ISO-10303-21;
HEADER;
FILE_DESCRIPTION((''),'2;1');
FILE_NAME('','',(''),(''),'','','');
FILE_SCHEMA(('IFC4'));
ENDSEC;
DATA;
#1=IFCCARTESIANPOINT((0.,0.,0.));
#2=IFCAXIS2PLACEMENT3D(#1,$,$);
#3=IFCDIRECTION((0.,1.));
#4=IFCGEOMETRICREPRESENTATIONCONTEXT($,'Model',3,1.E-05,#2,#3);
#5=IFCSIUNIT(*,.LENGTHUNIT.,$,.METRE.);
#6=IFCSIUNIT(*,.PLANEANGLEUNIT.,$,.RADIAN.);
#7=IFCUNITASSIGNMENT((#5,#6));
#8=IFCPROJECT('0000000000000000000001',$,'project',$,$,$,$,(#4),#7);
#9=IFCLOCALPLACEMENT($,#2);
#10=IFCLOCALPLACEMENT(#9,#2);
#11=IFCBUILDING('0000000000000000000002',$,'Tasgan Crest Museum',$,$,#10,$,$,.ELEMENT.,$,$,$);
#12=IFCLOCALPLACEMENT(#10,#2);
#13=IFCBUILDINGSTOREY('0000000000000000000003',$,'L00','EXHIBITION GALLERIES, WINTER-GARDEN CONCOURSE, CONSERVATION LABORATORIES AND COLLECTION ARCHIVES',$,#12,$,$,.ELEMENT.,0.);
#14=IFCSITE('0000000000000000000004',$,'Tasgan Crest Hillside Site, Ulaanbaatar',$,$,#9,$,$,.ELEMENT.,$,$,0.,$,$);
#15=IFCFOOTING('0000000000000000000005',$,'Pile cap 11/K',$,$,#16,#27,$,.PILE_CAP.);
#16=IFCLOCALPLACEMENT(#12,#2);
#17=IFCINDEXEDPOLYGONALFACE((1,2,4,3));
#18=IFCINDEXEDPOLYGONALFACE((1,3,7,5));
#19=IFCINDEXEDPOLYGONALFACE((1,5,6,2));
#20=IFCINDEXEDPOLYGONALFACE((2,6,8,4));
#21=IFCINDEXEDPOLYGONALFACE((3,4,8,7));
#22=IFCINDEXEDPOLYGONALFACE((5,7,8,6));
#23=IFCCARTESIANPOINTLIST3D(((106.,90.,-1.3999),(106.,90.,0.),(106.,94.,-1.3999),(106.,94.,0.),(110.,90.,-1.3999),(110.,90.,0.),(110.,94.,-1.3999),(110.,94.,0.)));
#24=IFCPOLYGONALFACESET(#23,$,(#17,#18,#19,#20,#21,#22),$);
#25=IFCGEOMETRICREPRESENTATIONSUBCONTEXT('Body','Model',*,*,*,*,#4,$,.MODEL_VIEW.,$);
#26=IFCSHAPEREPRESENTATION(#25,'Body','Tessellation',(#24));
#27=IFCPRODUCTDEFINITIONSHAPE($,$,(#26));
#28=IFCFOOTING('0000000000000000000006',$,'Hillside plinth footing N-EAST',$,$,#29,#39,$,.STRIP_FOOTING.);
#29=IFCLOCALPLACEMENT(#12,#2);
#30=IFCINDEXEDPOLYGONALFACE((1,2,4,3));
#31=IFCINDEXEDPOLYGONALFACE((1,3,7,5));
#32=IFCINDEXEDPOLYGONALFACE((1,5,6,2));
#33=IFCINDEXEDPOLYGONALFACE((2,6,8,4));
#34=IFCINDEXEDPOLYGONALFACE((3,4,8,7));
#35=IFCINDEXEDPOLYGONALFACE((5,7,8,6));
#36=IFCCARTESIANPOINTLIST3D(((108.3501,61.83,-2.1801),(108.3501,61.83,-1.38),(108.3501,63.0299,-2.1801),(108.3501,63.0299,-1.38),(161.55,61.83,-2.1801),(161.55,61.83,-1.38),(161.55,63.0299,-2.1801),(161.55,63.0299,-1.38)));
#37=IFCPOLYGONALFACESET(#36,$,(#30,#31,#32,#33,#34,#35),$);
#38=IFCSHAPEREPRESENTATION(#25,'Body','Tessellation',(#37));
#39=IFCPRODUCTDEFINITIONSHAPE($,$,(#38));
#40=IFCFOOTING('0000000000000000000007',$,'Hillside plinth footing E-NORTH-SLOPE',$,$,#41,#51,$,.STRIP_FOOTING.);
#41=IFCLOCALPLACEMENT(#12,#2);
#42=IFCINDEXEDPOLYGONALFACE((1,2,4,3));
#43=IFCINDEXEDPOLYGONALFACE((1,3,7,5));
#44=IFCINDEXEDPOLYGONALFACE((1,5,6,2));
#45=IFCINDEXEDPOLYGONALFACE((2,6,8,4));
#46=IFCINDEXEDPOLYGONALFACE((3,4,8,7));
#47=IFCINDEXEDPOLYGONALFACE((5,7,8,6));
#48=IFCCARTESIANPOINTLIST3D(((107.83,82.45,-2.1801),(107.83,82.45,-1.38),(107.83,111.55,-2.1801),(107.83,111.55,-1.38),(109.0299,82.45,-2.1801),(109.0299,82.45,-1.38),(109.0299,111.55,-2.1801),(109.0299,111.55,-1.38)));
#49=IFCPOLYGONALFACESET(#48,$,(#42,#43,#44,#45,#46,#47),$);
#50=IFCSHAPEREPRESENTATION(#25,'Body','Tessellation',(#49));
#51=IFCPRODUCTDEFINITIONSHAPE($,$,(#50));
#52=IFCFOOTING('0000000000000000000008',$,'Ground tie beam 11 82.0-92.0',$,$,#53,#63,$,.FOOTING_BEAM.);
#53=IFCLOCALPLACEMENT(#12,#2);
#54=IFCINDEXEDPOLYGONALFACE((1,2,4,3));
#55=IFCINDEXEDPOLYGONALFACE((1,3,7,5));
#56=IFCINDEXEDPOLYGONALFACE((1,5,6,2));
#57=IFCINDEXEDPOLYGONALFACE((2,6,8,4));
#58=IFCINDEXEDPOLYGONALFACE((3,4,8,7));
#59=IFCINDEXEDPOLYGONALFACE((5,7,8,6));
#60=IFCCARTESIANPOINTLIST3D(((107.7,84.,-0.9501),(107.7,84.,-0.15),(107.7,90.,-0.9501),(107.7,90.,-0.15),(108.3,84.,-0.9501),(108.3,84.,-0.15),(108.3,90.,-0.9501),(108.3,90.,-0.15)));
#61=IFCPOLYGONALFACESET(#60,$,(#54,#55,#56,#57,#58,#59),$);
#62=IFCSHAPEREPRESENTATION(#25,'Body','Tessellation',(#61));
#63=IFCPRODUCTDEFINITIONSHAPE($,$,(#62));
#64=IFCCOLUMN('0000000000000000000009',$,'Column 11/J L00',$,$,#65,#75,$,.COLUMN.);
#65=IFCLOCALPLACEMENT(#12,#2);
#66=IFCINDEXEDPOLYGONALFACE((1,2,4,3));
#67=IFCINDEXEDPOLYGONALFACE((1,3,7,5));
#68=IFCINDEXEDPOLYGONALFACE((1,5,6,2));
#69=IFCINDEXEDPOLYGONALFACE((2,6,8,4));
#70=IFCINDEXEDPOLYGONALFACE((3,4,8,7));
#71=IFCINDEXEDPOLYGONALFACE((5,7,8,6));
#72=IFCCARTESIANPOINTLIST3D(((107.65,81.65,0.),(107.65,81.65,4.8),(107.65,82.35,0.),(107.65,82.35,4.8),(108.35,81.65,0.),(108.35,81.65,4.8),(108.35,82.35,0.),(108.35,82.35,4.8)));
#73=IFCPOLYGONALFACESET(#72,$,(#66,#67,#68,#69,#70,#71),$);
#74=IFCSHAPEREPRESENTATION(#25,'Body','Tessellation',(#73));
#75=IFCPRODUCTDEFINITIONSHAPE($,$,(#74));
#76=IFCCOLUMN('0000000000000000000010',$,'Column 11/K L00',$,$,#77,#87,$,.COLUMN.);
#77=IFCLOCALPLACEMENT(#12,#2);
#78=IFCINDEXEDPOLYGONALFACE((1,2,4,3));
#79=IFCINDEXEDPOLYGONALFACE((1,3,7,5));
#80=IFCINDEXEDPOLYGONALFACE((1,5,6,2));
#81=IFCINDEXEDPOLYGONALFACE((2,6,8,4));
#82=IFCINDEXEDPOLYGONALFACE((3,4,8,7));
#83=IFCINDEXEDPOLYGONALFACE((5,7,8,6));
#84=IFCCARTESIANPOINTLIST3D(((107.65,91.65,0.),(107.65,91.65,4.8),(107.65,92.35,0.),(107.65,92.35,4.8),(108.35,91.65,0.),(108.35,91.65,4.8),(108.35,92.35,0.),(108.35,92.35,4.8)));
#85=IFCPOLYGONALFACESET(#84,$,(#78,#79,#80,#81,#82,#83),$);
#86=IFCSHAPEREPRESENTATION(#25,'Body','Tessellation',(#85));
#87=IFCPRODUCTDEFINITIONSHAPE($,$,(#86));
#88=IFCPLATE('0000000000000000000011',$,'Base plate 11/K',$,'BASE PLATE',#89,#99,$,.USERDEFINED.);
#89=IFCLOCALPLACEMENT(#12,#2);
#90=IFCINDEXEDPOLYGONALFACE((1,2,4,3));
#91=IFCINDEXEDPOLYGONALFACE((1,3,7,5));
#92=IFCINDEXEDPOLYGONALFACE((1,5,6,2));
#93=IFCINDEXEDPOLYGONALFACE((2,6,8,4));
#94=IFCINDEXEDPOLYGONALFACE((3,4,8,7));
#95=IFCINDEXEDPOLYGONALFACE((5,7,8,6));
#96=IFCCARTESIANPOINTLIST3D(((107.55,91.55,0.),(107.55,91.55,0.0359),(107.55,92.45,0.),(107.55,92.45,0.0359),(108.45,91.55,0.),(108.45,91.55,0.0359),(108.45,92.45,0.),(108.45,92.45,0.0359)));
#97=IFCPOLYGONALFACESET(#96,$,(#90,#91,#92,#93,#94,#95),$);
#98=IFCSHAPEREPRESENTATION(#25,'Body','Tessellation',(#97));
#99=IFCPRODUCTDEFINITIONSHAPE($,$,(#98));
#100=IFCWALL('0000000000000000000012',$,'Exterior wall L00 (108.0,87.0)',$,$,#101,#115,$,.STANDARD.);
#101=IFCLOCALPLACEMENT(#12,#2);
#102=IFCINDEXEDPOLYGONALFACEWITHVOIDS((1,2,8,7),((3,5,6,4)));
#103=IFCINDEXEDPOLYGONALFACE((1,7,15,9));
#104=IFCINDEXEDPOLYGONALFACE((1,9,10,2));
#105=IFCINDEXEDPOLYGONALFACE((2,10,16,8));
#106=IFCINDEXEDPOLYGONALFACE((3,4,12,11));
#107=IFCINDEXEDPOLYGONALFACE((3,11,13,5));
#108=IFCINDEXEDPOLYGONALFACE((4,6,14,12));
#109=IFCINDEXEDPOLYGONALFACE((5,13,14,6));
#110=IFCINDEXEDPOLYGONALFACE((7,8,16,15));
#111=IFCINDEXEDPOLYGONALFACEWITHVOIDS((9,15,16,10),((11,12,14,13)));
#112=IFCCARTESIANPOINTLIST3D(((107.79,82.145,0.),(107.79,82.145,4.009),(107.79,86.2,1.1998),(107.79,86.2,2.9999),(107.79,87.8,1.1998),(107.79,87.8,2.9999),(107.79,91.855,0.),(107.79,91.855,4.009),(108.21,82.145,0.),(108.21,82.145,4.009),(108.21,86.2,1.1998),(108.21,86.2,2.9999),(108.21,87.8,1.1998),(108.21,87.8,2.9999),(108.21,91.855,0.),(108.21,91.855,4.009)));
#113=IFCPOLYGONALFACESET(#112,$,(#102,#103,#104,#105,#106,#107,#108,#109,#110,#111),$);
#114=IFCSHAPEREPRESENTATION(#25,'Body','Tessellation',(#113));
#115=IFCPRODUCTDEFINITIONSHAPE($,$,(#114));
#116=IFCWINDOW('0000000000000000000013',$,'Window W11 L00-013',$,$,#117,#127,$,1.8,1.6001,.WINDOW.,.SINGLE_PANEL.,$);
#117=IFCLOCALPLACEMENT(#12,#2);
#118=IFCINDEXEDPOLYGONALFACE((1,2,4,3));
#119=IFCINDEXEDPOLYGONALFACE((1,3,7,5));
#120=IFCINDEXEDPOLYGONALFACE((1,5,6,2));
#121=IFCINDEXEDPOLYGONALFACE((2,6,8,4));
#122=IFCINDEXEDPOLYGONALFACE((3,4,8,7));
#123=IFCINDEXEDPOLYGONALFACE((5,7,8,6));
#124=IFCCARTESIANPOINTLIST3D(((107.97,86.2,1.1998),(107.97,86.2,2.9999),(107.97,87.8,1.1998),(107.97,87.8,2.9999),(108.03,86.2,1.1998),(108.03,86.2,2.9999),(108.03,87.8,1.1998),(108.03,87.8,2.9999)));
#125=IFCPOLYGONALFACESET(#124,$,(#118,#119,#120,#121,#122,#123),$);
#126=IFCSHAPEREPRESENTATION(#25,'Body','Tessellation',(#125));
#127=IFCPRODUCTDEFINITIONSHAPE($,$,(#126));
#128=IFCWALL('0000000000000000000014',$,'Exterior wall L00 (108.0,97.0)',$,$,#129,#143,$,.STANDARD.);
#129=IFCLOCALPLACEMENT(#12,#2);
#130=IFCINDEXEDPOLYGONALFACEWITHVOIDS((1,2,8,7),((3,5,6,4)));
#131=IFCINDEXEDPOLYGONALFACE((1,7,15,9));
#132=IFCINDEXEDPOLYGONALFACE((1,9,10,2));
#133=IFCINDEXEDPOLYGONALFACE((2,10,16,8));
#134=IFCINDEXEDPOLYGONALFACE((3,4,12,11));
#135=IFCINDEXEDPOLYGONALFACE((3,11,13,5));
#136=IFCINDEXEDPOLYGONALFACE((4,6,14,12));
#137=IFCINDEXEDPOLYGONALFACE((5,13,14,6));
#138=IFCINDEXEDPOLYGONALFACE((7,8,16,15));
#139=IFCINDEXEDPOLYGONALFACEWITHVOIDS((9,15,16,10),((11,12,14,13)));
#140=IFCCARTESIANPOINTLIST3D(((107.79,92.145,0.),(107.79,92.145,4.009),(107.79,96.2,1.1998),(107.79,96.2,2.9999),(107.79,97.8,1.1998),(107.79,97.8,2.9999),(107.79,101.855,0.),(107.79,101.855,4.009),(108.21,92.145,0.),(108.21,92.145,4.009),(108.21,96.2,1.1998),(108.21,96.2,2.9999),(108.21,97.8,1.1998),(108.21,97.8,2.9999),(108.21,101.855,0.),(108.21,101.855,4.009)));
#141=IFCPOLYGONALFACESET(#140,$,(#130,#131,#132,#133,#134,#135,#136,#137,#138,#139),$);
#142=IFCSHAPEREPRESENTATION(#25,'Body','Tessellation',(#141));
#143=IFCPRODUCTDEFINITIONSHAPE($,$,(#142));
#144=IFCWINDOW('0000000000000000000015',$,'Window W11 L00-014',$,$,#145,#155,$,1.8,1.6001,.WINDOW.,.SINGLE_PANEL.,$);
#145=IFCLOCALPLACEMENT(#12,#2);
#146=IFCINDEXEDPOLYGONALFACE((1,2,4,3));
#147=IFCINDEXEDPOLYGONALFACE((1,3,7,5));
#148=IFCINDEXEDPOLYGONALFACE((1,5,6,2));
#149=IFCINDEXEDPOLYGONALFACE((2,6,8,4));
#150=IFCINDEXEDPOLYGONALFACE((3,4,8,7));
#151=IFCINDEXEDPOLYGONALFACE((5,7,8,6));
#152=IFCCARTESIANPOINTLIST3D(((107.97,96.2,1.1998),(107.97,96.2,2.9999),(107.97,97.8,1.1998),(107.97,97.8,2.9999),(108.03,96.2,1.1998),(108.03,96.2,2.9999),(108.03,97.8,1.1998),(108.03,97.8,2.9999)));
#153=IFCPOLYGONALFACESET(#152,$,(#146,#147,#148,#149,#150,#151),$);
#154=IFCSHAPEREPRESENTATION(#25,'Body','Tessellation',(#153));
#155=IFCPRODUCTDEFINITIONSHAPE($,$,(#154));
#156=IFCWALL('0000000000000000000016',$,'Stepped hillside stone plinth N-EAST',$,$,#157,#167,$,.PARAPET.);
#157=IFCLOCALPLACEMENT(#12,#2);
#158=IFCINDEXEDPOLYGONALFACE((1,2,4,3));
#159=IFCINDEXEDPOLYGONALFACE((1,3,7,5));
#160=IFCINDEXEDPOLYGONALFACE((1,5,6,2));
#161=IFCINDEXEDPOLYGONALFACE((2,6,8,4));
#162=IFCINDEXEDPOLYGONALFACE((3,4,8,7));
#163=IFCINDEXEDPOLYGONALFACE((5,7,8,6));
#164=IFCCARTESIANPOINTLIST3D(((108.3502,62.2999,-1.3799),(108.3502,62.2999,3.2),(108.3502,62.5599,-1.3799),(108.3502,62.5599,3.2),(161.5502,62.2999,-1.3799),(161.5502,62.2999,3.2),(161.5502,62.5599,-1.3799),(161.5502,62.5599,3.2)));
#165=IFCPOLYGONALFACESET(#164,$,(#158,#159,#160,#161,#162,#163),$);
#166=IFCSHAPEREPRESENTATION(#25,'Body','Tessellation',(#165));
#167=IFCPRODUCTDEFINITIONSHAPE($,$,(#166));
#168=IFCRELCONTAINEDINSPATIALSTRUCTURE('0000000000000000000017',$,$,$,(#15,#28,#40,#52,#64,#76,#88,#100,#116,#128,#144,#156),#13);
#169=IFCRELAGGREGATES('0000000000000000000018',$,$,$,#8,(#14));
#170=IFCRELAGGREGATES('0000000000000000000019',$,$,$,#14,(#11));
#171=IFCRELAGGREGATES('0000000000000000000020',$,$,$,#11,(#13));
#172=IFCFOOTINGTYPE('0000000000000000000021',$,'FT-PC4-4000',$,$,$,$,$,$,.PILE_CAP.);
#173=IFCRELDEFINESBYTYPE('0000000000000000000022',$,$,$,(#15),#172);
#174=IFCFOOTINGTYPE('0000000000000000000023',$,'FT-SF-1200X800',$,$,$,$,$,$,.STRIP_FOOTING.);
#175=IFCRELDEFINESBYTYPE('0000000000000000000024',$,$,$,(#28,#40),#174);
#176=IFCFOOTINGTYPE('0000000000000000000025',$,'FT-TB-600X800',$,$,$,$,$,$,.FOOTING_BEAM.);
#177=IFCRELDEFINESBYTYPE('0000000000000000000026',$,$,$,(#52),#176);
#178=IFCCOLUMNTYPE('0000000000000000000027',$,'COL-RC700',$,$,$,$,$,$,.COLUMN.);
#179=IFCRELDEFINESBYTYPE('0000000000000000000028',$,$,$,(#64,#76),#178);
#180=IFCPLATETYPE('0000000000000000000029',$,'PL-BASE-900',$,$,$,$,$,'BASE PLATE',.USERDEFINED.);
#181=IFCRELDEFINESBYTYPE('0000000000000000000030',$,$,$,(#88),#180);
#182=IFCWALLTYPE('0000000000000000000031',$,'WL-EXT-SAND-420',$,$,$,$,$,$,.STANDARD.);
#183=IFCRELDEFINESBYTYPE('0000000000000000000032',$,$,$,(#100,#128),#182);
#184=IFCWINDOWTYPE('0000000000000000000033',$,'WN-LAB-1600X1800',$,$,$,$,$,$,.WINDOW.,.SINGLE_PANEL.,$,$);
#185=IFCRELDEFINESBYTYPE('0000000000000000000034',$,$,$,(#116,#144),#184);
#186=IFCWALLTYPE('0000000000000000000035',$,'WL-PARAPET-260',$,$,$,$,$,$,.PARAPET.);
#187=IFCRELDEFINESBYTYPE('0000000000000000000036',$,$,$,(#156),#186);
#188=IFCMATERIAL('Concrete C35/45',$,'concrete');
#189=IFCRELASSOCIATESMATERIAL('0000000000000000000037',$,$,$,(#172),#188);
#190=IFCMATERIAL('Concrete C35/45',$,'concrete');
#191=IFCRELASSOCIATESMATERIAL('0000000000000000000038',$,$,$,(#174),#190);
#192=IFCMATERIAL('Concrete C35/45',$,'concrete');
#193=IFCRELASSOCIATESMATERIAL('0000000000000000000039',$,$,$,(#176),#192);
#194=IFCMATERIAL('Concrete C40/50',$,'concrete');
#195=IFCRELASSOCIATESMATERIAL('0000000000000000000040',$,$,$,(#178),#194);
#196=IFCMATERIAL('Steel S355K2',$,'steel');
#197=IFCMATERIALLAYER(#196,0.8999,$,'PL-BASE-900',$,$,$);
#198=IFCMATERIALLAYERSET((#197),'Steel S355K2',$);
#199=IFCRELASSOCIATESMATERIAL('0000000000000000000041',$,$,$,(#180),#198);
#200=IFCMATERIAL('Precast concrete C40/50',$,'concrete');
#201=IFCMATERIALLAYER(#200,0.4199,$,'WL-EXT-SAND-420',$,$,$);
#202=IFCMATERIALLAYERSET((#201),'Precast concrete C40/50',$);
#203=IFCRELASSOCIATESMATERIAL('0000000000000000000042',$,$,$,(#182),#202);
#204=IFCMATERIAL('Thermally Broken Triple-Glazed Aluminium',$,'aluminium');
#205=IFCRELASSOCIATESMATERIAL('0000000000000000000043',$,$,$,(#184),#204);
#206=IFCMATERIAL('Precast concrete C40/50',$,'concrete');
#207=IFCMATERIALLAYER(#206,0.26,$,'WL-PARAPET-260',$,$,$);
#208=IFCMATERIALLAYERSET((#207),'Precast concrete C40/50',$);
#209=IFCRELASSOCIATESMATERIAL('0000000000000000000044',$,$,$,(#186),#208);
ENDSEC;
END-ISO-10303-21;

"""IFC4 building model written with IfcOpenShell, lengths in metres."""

from ifc_helpers import new_model, si_unit, direction, frame, frame_2d, origin, origin_2d, place, context, subcontext, project, spatial, rectangle, extrude, material, layer, layer_set, material_profile, profile_set, type_object, element, fill, save


model = new_model("IFC4")

# Units and contexts
model_context = context("Model", 3, precision=1e-05, world=origin(), true_north=direction((0.0, 1.0)))
body_context = subcontext(model_context, "Body", "Model", "MODEL_VIEW")
ifc_project = project(units=[si_unit("LENGTHUNIT", "METRE"), si_unit("PLANEANGLEUNIT", "RADIAN")], contexts=[model_context])

# Site, building, storey
site_placement = place(None, origin())
site = spatial("IfcSite", under=ifc_project, at=site_placement, Name="Tasgan Crest Hillside Site, Ulaanbaatar", CompositionType="ELEMENT", RefElevation=0.0)
building_placement = place(site_placement, origin())
building = spatial("IfcBuilding", under=site, at=building_placement, Name="Tasgan Crest Museum", CompositionType="ELEMENT")
storey_placement = place(building_placement, origin())
storey = spatial("IfcBuildingStorey", under=building, at=storey_placement, Name="L00", Description="EXHIBITION GALLERIES, WINTER-GARDEN CONCOURSE, CONSERVATION LABORATORIES AND COLLECTION ARCHIVES", CompositionType="ELEMENT", Elevation=0.0)

# Footings
ifc_material_1 = material(Name="Concrete C35/45", Category="concrete")
footing_type_1 = type_object("IfcFootingType", Name="FT-PC4-4000", PredefinedType="PILE_CAP", material=ifc_material_1)
footing_1_placement = place(storey_placement, frame((108.0, 92.0, -1.3999), z_axis=(0.0, 0.0, 1.0), x_axis=(1.0, 0.0, 0.0)))
element("IfcFooting", 1, at=footing_1_placement, inside=storey, type_object=footing_type_1, Name="Pile cap 11/K", PredefinedType="PILE_CAP", context=body_context, shape_type="SweptSolid", body=[
    extrude(rectangle(XDim=4.0, YDim=4.0, at=origin_2d()), origin(), (0.0, 0.0, 1.0), 1.3999),
])
ifc_material_2 = material(Name="Concrete C35/45", Category="concrete")
ifc_material_profile_1 = material_profile(ifc_material_2, rectangle(XDim=1.2, YDim=0.8, at=origin_2d()), Name="SF 1200x800")
ifc_profile_set_1 = profile_set([ifc_material_profile_1], Name="Concrete C35/45")
footing_type_2 = type_object("IfcFootingType", Name="FT-SF-1200X800", PredefinedType="STRIP_FOOTING", material=ifc_profile_set_1)
footing_2_placement = place(storey_placement, frame((108.3501, 62.4299, -1.78), z_axis=(1.0, 0.0, 0.0), x_axis=(0.0, 1.0, 0.0)))
element("IfcFooting", 2, at=footing_2_placement, inside=storey, type_object=footing_type_2, Name="Hillside plinth footing N-EAST", PredefinedType="STRIP_FOOTING", context=body_context, shape_type="SweptSolid", body=[
    extrude(rectangle(XDim=1.2, YDim=0.8, at=origin_2d()), origin(), (0.0, 0.0, 1.0), 53.2),
])
footing_3_placement = place(storey_placement, frame((108.4299, 82.45, -1.78), z_axis=(0.0, 1.0, 0.0), x_axis=(-1.0, 0.0, 0.0)))
element("IfcFooting", 3, at=footing_3_placement, inside=storey, type_object=footing_type_2, Name="Hillside plinth footing E-NORTH-SLOPE", PredefinedType="STRIP_FOOTING", context=body_context, shape_type="SweptSolid", body=[
    extrude(rectangle(XDim=1.2, YDim=0.8, at=origin_2d()), origin(), (0.0, 0.0, 1.0), 29.1001),
])
ifc_material_3 = material(Name="Concrete C35/45", Category="concrete")
ifc_material_profile_2 = material_profile(ifc_material_3, rectangle(XDim=0.6001, YDim=0.8, at=origin_2d()), Name="TB 600x800")
ifc_profile_set_2 = profile_set([ifc_material_profile_2], Name="Concrete C35/45")
footing_type_3 = type_object("IfcFootingType", Name="FT-TB-600X800", PredefinedType="FOOTING_BEAM", material=ifc_profile_set_2)
footing_4_placement = place(storey_placement, frame((108.0, 84.0, -0.55), z_axis=(0.0, 1.0, 0.0), x_axis=(-1.0, 0.0, 0.0)))
element("IfcFooting", 4, at=footing_4_placement, inside=storey, type_object=footing_type_3, Name="Ground tie beam 11 82.0-92.0", PredefinedType="FOOTING_BEAM", context=body_context, shape_type="SweptSolid", body=[
    extrude(rectangle(XDim=0.6001, YDim=0.8, at=origin_2d()), origin(), (0.0, 0.0, 1.0), 6.0),
])

# Columns
ifc_material_4 = material(Name="Concrete C40/50", Category="concrete")
ifc_material_profile_3 = material_profile(ifc_material_4, rectangle(XDim=0.7, YDim=0.7, at=origin_2d()), Name="RC 700x700")
ifc_profile_set_3 = profile_set([ifc_material_profile_3], Name="Concrete C40/50")
column_type = type_object("IfcColumnType", Name="COL-RC700", PredefinedType="COLUMN", material=ifc_profile_set_3)
for number, where, z_axis, x_axis, name in (
    (5, (108.0, 82.0, 0.0), (0.0, 0.0, 1.0), (1.0, 0.0, 0.0), "Column 11/J L00"),
    (6, (108.0, 92.0, 0.0), (0.0, 0.0, 1.0), (1.0, 0.0, 0.0), "Column 11/K L00"),
):
    element("IfcColumn", number, at=place(storey_placement, frame(where, z_axis=z_axis, x_axis=x_axis)), inside=storey, type_object=column_type, Name=name, PredefinedType="COLUMN", context=body_context, shape_type="SweptSolid", body=[
        extrude(rectangle(XDim=0.7, YDim=0.7, at=origin_2d()), origin(), (0.0, 0.0, 1.0), 4.8),
    ])

# Plate
ifc_material_5 = material(Name="Steel S355K2", Category="steel")
ifc_layer_1 = layer(ifc_material_5, 0.8999, Name="PL-BASE-900")
ifc_layer_set_1 = layer_set([ifc_layer_1], Name="Steel S355K2")
plate_type = type_object("IfcPlateType", Name="PL-BASE-900", ElementType="BASE PLATE", PredefinedType="USERDEFINED", material=ifc_layer_set_1)
plate_placement = place(storey_placement, frame((108.0, 92.0, 0.0), z_axis=(0.0, 0.0, 1.0), x_axis=(1.0, 0.0, 0.0)))
element("IfcPlate", 7, at=plate_placement, inside=storey, type_object=plate_type, Name="Base plate 11/K", ObjectType="BASE PLATE", PredefinedType="USERDEFINED", context=body_context, shape_type="SweptSolid", body=[
    extrude(rectangle(XDim=0.8999, YDim=0.8999, at=origin_2d()), origin(), (0.0, 0.0, 1.0), 0.0359),
])

# Walls, openings, windows
ifc_material_6 = material(Name="Precast concrete C40/50", Category="concrete")
ifc_layer_2 = layer(ifc_material_6, 0.4199, Name="WL-EXT-SAND-420")
ifc_layer_set_2 = layer_set([ifc_layer_2], Name="Precast concrete C40/50")
wall_type_1 = type_object("IfcWallType", Name="WL-EXT-SAND-420", PredefinedType="STANDARD", material=ifc_layer_set_2)
wall_1_placement = place(storey_placement, frame((108.0, 82.145, 0.0), z_axis=(0.0, 0.0, 1.0), x_axis=(0.0, 1.0, 0.0)))
wall_1 = element("IfcWall", 8, at=wall_1_placement, inside=storey, type_object=wall_type_1, Name="Exterior wall L00 (108.0,87.0)", PredefinedType="STANDARD", context=body_context, shape_type="SweptSolid", body=[
    extrude(rectangle(XDim=9.71, YDim=0.4199, at=frame_2d((4.855, 0.0))), origin(), (0.0, 0.0, 1.0), 4.009),
])
opening_1_placement = place(wall_1_placement, frame((4.0549, 0.0, 1.2)))
opening_1 = element("IfcOpeningElement", 9, at=opening_1_placement, cuts=wall_1, PredefinedType="OPENING", context=body_context, shape_type="SweptSolid", body=[
    extrude(rectangle(XDim=1.6001, YDim=1.8, at=frame_2d((0.8, 0.8999))), frame((0.0, 0.22, 0.0), z_axis=(0.0, -1.0, 0.0), x_axis=(1.0, 0.0, 0.0)), (0.0, 0.0, 1.0), 0.4399),
])
ifc_material_7 = material(Name="Thermally Broken Triple-Glazed Aluminium", Category="aluminium")
window_type = type_object("IfcWindowType", Name="WN-LAB-1600X1800", PartitioningType="SINGLE_PANEL", PredefinedType="WINDOW", material=ifc_material_7)
window_1_placement = place(opening_1_placement, origin())
window_1 = element("IfcWindow", 10, at=window_1_placement, inside=storey, type_object=window_type, Name="Window W11 L00-013", OverallHeight=1.8, OverallWidth=1.6001, PartitioningType="SINGLE_PANEL", PredefinedType="WINDOW", context=body_context, shape_type="SweptSolid", body=[
    extrude(rectangle(XDim=1.6001, YDim=1.8, at=frame_2d((0.8, 0.8999))), frame((0.0, 0.03, 0.0), z_axis=(0.0, -1.0, 0.0), x_axis=(1.0, 0.0, 0.0)), (0.0, 0.0, 1.0), 0.0601),
])
fill(opening_1, window_1)
wall_2_placement = place(storey_placement, frame((108.0, 92.145, 0.0), z_axis=(0.0, 0.0, 1.0), x_axis=(0.0, 1.0, 0.0)))
wall_2 = element("IfcWall", 11, at=wall_2_placement, inside=storey, type_object=wall_type_1, Name="Exterior wall L00 (108.0,97.0)", PredefinedType="STANDARD", context=body_context, shape_type="SweptSolid", body=[
    extrude(rectangle(XDim=9.71, YDim=0.4199, at=frame_2d((4.855, 0.0))), origin(), (0.0, 0.0, 1.0), 4.009),
])
opening_2_placement = place(wall_2_placement, frame((4.0549, 0.0, 1.2)))
opening_2 = element("IfcOpeningElement", 12, at=opening_2_placement, cuts=wall_2, PredefinedType="OPENING", context=body_context, shape_type="SweptSolid", body=[
    extrude(rectangle(XDim=1.6001, YDim=1.8, at=frame_2d((0.8, 0.8999))), frame((0.0, 0.22, 0.0), z_axis=(0.0, -1.0, 0.0), x_axis=(1.0, 0.0, 0.0)), (0.0, 0.0, 1.0), 0.4399),
])
window_2_placement = place(opening_2_placement, origin())
window_2 = element("IfcWindow", 13, at=window_2_placement, inside=storey, type_object=window_type, Name="Window W11 L00-014", OverallHeight=1.8, OverallWidth=1.6001, PartitioningType="SINGLE_PANEL", PredefinedType="WINDOW", context=body_context, shape_type="SweptSolid", body=[
    extrude(rectangle(XDim=1.6001, YDim=1.8, at=frame_2d((0.8, 0.8999))), frame((0.0, 0.03, 0.0), z_axis=(0.0, -1.0, 0.0), x_axis=(1.0, 0.0, 0.0)), (0.0, 0.0, 1.0), 0.0601),
])
fill(opening_2, window_2)

# Wall
ifc_material_8 = material(Name="Precast concrete C40/50", Category="concrete")
ifc_layer_3 = layer(ifc_material_8, 0.26, Name="WL-PARAPET-260")
ifc_layer_set_3 = layer_set([ifc_layer_3], Name="Precast concrete C40/50")
wall_type_2 = type_object("IfcWallType", Name="WL-PARAPET-260", PredefinedType="PARAPET", material=ifc_layer_set_3)
wall_3_placement = place(storey_placement, frame((108.3501, 62.4299, -1.3799), z_axis=(0.0, 0.0, 1.0), x_axis=(1.0, 0.0, 0.0)))
element("IfcWall", 14, at=wall_3_placement, inside=storey, type_object=wall_type_2, Name="Stepped hillside stone plinth N-EAST", PredefinedType="PARAPET", context=body_context, shape_type="SweptSolid", body=[
    extrude(rectangle(XDim=53.2, YDim=0.26, at=frame_2d((26.6001, 0.0))), origin(), (0.0, 0.0, 1.0), 4.5798),
])

save(model, "model.ifc")
